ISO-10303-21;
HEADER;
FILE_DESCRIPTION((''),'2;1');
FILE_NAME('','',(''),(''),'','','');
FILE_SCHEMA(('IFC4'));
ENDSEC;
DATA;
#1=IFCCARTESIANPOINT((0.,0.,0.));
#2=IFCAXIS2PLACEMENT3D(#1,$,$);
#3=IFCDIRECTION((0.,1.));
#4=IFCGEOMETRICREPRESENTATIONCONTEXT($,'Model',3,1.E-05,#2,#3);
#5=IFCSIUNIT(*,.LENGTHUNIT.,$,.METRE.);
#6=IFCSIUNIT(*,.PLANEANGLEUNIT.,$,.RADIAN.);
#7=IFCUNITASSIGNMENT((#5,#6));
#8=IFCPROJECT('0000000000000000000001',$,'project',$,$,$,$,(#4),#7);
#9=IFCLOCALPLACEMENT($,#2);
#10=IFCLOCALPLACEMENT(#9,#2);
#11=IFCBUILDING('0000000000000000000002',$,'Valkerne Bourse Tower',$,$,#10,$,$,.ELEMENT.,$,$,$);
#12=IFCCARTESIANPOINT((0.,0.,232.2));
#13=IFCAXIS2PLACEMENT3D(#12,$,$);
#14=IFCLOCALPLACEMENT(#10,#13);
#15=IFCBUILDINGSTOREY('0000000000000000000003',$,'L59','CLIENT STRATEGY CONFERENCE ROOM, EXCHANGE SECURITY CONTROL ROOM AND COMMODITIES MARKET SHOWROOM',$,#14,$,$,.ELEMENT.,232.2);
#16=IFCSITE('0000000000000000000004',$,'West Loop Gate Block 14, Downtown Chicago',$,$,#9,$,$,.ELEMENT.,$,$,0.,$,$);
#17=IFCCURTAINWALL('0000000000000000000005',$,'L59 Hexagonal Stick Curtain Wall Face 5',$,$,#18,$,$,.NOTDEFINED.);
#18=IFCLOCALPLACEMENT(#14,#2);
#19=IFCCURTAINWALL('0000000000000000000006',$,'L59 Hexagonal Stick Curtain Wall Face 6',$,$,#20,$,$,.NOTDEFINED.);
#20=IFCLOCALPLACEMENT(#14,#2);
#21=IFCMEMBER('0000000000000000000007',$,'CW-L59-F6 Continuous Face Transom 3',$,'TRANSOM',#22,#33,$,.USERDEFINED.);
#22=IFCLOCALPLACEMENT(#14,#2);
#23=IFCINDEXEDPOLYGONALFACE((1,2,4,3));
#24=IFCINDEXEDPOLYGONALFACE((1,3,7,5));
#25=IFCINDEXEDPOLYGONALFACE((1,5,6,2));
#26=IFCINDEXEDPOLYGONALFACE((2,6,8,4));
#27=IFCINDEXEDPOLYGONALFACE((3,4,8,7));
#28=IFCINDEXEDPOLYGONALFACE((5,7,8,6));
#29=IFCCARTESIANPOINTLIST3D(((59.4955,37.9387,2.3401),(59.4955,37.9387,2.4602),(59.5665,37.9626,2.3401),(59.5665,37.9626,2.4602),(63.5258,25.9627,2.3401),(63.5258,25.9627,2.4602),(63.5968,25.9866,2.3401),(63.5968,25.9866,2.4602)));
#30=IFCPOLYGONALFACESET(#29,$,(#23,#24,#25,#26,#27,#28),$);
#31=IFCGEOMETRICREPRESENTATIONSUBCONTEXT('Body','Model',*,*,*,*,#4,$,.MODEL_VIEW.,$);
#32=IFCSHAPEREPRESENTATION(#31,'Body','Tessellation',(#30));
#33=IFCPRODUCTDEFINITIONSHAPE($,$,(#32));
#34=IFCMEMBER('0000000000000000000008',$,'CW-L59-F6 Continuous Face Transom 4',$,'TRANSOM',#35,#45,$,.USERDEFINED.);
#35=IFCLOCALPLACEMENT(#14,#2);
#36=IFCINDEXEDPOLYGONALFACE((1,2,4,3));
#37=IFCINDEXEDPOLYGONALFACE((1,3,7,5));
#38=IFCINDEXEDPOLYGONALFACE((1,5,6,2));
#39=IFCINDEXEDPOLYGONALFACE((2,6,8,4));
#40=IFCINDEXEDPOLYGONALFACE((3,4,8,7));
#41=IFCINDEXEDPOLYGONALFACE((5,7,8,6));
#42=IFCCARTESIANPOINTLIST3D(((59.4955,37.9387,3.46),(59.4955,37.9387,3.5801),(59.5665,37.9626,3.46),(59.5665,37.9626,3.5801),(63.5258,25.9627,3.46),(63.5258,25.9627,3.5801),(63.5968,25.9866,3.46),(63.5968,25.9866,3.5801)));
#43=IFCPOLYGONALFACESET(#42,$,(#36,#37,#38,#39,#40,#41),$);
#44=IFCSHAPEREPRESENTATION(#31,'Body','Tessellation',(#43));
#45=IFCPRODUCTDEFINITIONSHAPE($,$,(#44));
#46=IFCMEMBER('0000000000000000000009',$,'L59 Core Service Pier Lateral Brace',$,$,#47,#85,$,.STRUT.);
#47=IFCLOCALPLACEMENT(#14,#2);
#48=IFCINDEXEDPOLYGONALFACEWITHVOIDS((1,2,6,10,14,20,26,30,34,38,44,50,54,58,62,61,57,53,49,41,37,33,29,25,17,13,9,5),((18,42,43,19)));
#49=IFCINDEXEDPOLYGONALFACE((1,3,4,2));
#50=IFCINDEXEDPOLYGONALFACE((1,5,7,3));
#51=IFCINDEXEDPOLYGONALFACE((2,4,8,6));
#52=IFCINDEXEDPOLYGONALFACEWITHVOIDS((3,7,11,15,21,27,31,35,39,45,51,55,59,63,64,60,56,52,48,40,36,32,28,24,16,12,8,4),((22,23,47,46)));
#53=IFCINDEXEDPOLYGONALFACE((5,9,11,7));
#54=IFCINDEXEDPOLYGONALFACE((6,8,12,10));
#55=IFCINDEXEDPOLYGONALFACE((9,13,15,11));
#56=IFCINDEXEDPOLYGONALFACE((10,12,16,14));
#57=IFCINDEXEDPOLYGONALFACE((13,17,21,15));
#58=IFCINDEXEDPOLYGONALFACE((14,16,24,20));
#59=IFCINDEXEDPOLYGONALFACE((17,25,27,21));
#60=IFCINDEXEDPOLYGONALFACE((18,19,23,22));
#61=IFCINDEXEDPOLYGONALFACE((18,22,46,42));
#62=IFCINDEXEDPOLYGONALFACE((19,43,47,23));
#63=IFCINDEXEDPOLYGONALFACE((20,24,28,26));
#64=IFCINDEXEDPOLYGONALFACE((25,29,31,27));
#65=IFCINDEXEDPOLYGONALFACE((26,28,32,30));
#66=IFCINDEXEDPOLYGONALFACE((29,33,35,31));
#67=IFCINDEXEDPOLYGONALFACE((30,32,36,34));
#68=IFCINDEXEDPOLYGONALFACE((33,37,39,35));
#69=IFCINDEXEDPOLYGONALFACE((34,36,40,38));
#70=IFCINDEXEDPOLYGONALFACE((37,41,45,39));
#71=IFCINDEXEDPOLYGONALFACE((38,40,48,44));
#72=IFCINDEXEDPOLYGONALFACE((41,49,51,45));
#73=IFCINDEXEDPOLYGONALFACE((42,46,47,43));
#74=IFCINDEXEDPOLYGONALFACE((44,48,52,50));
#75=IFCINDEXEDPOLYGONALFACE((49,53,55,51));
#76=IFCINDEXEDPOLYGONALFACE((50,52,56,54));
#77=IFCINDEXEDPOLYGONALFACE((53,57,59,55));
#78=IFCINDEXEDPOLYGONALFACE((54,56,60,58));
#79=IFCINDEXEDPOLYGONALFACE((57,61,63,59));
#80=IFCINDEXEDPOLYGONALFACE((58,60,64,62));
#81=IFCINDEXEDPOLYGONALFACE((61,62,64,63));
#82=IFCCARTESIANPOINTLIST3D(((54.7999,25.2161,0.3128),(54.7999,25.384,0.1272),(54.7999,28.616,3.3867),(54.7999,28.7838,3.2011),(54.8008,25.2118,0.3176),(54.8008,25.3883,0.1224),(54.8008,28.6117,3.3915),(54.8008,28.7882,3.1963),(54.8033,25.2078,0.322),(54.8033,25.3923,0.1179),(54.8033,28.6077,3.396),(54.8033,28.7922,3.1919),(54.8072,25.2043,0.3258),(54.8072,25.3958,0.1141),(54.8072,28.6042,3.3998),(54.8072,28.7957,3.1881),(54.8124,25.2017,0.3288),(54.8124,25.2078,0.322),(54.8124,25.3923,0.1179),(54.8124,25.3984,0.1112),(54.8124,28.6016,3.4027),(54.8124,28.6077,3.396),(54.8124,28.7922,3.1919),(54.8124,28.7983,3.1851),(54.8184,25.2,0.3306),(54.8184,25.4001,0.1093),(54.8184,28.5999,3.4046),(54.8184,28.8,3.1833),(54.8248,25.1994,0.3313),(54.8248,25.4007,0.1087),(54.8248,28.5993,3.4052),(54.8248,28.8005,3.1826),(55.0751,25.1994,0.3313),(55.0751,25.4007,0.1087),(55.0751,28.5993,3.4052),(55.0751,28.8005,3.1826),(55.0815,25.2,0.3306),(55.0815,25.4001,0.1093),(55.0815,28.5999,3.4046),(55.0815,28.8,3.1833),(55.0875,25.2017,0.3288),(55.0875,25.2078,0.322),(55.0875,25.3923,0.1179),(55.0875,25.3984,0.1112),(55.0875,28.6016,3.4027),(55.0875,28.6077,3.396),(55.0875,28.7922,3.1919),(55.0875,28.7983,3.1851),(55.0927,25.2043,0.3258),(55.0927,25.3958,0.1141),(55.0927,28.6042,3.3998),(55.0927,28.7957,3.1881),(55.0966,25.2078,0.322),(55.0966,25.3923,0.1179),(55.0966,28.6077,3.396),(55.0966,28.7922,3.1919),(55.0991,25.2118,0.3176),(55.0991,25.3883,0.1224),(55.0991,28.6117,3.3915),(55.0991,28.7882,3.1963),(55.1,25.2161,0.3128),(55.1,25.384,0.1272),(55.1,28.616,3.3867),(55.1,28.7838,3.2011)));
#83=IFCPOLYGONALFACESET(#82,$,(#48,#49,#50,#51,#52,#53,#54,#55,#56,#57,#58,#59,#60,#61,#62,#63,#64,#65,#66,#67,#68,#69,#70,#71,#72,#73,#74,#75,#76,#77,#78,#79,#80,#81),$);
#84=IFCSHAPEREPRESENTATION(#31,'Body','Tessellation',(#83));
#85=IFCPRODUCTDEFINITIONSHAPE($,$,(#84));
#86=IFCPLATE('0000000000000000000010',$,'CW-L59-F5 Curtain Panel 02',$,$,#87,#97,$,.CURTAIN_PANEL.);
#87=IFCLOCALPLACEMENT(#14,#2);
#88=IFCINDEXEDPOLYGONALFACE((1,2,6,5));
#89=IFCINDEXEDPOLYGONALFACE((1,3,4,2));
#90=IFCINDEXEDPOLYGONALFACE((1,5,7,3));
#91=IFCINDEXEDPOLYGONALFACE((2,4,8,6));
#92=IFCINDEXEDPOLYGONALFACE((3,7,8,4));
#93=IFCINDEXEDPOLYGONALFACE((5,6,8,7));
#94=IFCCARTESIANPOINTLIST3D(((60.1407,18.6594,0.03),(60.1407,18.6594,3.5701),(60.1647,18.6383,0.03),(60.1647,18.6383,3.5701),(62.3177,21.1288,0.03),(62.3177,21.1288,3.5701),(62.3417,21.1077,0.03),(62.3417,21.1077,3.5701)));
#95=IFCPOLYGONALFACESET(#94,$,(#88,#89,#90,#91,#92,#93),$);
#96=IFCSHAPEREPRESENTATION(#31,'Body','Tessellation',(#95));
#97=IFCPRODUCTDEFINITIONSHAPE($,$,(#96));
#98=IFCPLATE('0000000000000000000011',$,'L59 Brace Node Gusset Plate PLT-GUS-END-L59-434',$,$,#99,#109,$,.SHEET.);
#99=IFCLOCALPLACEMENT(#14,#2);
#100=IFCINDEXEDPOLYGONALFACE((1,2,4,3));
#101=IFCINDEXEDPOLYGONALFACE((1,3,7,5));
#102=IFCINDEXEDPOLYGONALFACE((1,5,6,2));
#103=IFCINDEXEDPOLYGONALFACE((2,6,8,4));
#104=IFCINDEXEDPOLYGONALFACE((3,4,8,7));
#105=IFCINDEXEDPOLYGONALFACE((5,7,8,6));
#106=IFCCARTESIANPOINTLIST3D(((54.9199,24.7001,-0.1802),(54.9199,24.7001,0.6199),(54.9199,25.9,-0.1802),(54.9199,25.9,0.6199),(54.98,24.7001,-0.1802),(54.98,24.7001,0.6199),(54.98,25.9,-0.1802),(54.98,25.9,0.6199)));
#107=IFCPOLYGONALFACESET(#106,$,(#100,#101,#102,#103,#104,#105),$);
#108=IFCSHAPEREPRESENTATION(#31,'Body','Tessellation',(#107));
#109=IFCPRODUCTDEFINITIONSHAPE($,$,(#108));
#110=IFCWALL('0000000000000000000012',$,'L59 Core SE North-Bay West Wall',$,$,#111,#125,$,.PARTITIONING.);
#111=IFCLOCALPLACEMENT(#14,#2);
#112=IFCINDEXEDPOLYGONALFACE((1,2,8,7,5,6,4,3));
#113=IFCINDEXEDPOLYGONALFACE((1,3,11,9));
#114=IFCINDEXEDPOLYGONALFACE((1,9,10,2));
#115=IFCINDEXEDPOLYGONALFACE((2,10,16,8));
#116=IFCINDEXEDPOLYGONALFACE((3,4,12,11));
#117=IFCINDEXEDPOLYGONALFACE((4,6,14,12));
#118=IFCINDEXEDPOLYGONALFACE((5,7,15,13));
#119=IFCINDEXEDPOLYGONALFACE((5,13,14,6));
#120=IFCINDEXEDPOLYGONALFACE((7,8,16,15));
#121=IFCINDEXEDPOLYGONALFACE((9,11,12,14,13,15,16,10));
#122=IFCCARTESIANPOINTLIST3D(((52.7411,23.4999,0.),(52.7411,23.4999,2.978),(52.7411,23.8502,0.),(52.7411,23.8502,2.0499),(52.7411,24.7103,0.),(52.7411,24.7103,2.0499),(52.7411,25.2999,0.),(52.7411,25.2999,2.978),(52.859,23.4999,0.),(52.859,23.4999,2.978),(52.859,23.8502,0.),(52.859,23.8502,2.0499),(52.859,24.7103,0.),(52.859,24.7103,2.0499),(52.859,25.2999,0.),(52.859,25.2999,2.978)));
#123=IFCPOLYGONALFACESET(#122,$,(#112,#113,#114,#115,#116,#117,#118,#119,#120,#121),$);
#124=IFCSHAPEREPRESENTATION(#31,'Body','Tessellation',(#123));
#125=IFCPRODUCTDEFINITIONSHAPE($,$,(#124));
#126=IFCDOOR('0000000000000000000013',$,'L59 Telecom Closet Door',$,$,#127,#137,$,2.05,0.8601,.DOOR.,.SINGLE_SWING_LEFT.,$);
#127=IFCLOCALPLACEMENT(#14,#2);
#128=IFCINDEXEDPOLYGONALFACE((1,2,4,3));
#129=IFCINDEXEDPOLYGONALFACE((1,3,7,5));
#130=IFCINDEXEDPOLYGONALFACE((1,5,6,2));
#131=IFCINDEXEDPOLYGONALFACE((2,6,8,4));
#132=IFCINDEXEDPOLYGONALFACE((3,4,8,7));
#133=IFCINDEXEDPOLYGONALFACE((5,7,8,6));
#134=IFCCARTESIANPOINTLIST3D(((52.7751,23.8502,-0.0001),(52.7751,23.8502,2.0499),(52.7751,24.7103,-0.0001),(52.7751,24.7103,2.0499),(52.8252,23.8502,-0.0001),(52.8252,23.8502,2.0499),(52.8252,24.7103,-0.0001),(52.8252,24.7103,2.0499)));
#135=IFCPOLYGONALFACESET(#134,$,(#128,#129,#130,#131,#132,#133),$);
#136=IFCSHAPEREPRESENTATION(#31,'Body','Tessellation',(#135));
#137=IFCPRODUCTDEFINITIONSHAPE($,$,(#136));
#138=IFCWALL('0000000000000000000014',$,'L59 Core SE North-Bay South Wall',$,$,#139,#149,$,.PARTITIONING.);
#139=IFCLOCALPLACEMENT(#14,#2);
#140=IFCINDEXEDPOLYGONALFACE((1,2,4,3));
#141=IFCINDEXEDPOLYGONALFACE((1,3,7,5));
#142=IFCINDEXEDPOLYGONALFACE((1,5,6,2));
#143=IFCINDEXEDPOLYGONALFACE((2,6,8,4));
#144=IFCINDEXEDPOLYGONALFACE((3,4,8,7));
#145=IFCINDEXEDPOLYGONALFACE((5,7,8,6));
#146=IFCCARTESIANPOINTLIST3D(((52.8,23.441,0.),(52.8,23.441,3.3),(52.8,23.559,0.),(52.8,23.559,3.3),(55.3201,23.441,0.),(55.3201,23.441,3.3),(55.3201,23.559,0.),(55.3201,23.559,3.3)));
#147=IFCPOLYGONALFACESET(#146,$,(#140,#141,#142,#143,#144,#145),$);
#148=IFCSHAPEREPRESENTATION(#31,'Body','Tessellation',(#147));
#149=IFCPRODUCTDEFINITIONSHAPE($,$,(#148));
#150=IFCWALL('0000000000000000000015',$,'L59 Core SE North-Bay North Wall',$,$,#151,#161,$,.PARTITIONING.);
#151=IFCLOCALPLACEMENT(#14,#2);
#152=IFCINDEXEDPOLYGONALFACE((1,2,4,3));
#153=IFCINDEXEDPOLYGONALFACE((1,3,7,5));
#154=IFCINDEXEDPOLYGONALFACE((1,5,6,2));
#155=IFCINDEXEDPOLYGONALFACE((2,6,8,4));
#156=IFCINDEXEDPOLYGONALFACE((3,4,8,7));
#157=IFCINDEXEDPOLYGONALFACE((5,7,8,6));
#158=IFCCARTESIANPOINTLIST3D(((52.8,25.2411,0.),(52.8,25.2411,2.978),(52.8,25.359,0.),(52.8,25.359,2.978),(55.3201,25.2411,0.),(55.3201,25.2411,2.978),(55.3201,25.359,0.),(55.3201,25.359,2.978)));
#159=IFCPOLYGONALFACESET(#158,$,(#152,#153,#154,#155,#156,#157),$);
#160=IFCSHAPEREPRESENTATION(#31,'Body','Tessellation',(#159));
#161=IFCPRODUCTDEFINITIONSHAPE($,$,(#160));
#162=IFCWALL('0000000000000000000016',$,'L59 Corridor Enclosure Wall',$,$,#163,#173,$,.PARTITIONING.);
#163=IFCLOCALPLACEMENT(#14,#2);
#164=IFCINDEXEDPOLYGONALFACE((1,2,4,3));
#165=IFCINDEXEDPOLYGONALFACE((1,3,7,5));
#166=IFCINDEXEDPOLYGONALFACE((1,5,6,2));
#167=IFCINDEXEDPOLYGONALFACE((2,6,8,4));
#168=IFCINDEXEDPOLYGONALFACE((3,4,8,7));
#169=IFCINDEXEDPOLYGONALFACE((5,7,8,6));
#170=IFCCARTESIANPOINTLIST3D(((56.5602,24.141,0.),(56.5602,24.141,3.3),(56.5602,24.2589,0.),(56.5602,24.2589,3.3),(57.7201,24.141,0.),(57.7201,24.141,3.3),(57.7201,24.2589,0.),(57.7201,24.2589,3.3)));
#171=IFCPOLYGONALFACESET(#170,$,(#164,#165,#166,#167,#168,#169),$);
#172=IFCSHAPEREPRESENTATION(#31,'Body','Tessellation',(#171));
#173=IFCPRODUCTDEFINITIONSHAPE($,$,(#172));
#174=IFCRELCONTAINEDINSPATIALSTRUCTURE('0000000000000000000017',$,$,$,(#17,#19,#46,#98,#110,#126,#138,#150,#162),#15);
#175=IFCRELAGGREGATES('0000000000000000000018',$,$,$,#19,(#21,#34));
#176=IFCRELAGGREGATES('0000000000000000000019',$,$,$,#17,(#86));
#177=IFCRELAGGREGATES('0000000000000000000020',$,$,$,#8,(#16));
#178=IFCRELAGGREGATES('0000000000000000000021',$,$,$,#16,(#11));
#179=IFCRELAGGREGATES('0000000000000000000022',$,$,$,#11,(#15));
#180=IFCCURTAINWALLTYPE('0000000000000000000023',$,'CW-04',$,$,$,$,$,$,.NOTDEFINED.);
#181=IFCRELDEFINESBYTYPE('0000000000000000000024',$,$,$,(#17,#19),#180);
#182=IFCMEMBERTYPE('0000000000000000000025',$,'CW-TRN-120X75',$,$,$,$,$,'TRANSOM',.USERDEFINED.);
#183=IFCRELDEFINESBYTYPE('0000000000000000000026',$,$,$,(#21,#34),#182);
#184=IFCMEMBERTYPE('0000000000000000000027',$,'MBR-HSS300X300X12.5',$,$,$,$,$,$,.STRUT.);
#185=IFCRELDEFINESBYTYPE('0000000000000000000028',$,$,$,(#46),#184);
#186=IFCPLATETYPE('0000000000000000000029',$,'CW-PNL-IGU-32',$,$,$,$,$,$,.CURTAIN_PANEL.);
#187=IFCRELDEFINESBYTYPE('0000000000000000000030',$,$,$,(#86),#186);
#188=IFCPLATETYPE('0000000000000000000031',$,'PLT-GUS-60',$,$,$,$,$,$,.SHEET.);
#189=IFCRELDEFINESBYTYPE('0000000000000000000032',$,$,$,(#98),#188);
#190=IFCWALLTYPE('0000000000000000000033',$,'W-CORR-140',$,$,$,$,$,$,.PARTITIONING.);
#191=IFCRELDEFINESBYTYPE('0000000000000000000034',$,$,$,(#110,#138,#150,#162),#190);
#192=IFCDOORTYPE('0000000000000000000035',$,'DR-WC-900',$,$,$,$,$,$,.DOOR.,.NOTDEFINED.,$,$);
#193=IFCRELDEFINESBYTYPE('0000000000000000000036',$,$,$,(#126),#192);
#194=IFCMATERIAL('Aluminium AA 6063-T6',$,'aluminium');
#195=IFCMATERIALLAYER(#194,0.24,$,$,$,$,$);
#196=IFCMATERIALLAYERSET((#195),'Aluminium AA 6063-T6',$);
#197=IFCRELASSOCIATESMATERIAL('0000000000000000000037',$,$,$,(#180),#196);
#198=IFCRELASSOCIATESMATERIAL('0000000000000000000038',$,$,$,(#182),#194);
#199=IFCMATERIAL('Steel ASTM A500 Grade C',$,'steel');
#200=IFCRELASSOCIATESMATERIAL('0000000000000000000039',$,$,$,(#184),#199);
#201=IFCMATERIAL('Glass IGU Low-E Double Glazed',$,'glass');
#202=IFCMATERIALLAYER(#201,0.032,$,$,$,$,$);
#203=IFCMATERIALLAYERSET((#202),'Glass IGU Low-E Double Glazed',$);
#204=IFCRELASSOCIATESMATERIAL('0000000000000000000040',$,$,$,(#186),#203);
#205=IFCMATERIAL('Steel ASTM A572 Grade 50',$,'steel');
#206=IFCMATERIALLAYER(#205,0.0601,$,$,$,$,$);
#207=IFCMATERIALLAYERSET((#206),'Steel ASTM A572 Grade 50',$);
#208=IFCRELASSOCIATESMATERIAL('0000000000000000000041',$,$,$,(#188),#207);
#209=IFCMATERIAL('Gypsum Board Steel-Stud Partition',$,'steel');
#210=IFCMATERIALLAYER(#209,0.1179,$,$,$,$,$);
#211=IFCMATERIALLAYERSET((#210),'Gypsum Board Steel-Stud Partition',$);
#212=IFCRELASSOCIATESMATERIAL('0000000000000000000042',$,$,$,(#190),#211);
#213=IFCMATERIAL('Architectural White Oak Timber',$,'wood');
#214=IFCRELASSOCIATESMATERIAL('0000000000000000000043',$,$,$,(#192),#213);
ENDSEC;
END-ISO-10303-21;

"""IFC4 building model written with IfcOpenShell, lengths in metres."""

from ifc_helpers import new_model, si_unit, direction, frame, frame_2d, origin, origin_2d, place, context, subcontext, project, spatial, rectangle, hollow_rectangle, extrude, material, layer, layer_set, material_profile, profile_set, type_object, element, fill, aggregate, save


model = new_model("IFC4")

# Units and contexts
model_context = context("Model", 3, precision=1e-05, world=origin(), true_north=direction((0.0, 1.0)))
body_context = subcontext(model_context, "Body", "Model", "MODEL_VIEW")
ifc_project = project(units=[si_unit("LENGTHUNIT", "METRE"), si_unit("PLANEANGLEUNIT", "RADIAN")], contexts=[model_context])

# Site, building, storey
site_placement = place(None, origin())
site = spatial("IfcSite", under=ifc_project, at=site_placement, Name="West Loop Gate Block 14, Downtown Chicago", CompositionType="ELEMENT", RefElevation=0.0)
building_placement = place(site_placement, origin())
building = spatial("IfcBuilding", under=site, at=building_placement, Name="Valkerne Bourse Tower", CompositionType="ELEMENT")
storey_placement = place(building_placement, frame((0.0, 0.0, 232.2)))
storey = spatial("IfcBuildingStorey", under=building, at=storey_placement, Name="L59", Description="CLIENT STRATEGY CONFERENCE ROOM, EXCHANGE SECURITY CONTROL ROOM AND COMMODITIES MARKET SHOWROOM", CompositionType="ELEMENT", Elevation=232.2)

# Curtain wall
ifc_material_1 = material(Name="Aluminium AA 6063-T6", Category="aluminium")
ifc_layer_1 = layer(ifc_material_1, 0.24)
ifc_layer_set_1 = layer_set([ifc_layer_1], Name="Aluminium AA 6063-T6")
curtain_wall_type = type_object("IfcCurtainWallType", Name="CW-04", PredefinedType="NOTDEFINED", material=ifc_layer_set_1)
curtain_wall_1_placement = place(storey_placement, origin())
curtain_wall_1 = element("IfcCurtainWall", 1, at=curtain_wall_1_placement, inside=storey, type_object=curtain_wall_type, Name="L59 Hexagonal Stick Curtain Wall Face 5", PredefinedType="NOTDEFINED")

# Curtain wall, members
curtain_wall_2_placement = place(storey_placement, origin())
curtain_wall_2 = element("IfcCurtainWall", 2, at=curtain_wall_2_placement, inside=storey, type_object=curtain_wall_type, Name="L59 Hexagonal Stick Curtain Wall Face 6", PredefinedType="NOTDEFINED")
ifc_material_profile_1 = material_profile(ifc_material_1, rectangle(XDim=0.075, YDim=0.1201, at=origin_2d()), Name="CWT-75X120")
ifc_profile_set_1 = profile_set([ifc_material_profile_1], Name="Aluminium AA 6063-T6")
member_type_1 = type_object("IfcMemberType", Name="CW-TRN-120X75", ElementType="TRANSOM", PredefinedType="USERDEFINED", material=ifc_profile_set_1)
member_1_placement = place(storey_placement, frame((63.5613, 25.9746, 2.4001), z_axis=(-0.318951, 0.947771, 0.0), x_axis=(-0.947771, -0.318951, 0.0)))
member_1 = element("IfcMember", 3, at=member_1_placement, type_object=member_type_1, Name="CW-L59-F6 Continuous Face Transom 3", ObjectType="TRANSOM", PredefinedType="USERDEFINED", context=body_context, shape_type="SweptSolid", body=[
    extrude(rectangle(XDim=0.075, YDim=0.1201, at=origin_2d()), origin(), (0.0, 0.0, 1.0), 12.636),
])
member_2_placement = place(storey_placement, frame((63.5613, 25.9746, 3.52), z_axis=(-0.318951, 0.947771, 0.0), x_axis=(-0.947771, -0.318951, 0.0)))
member_2 = element("IfcMember", 4, at=member_2_placement, type_object=member_type_1, Name="CW-L59-F6 Continuous Face Transom 4", ObjectType="TRANSOM", PredefinedType="USERDEFINED", context=body_context, shape_type="SweptSolid", body=[
    extrude(rectangle(XDim=0.075, YDim=0.1201, at=origin_2d()), origin(), (0.0, 0.0, 1.0), 12.636),
])
aggregate(curtain_wall_2, [member_1, member_2])

# Member
ifc_material_2 = material(Name="Steel ASTM A500 Grade C", Category="steel")
ifc_material_profile_2 = material_profile(ifc_material_2, hollow_rectangle(XDim=0.3, YDim=0.3, WallThickness=0.0125, OuterFilletRadius=0.0249, at=origin_2d()), Name="HSS300X300X12.5")
ifc_profile_set_2 = profile_set([ifc_material_profile_2], Name="Steel ASTM A500 Grade C")
member_type_2 = type_object("IfcMemberType", Name="MBR-HSS300X300X12.5", PredefinedType="STRUT", material=ifc_profile_set_2)
member_3_placement = place(storey_placement, frame((54.95, 25.3, 0.22), z_axis=(0.0, 0.741767, 0.670658), x_axis=(-1.0, 0.0, 0.0)))
element("IfcMember", 5, at=member_3_placement, inside=storey, type_object=member_type_2, Name="L59 Core Service Pier Lateral Brace", PredefinedType="STRUT", context=body_context, shape_type="SweptSolid", body=[
    extrude(hollow_rectangle(XDim=0.3, YDim=0.3, WallThickness=0.0125, OuterFilletRadius=0.0249, at=origin_2d()), origin(), (0.0, 0.0, 1.0), 4.5835),
])

# Plates
ifc_material_3 = material(Name="Glass IGU Low-E Double Glazed", Category="glass")
ifc_layer_2 = layer(ifc_material_3, 0.032)
ifc_layer_set_2 = layer_set([ifc_layer_2], Name="Glass IGU Low-E Double Glazed")
plate_type_1 = type_object("IfcPlateType", Name="CW-PNL-IGU-32", PredefinedType="CURTAIN_PANEL", material=ifc_layer_set_2)
plate_1_placement = place(storey_placement, frame((61.2412, 19.8835, 0.03), z_axis=(0.0, 0.0, 1.0), x_axis=(0.661302, 0.75012, 0.0)))
plate_1 = element("IfcPlate", 6, at=plate_1_placement, type_object=plate_type_1, Name="CW-L59-F5 Curtain Panel 02", PredefinedType="CURTAIN_PANEL", context=body_context, shape_type="SweptSolid", body=[
    extrude(rectangle(XDim=3.292, YDim=0.032, at=origin_2d()), origin(), (0.0, 0.0, 1.0), 3.54),
])
aggregate(curtain_wall_1, [plate_1])
ifc_material_4 = material(Name="Steel ASTM A572 Grade 50", Category="steel")
ifc_layer_3 = layer(ifc_material_4, 0.0601)
ifc_layer_set_3 = layer_set([ifc_layer_3], Name="Steel ASTM A572 Grade 50")
plate_type_2 = type_object("IfcPlateType", Name="PLT-GUS-60", PredefinedType="SHEET", material=ifc_layer_set_3)
plate_2_placement = place(storey_placement, frame((54.95, 25.3, -0.1802), z_axis=(0.0, 0.0, 1.0), x_axis=(0.0, 1.0, 0.0)))
element("IfcPlate", 7, at=plate_2_placement, inside=storey, type_object=plate_type_2, Name="L59 Brace Node Gusset Plate PLT-GUS-END-L59-434", PredefinedType="SHEET", context=body_context, shape_type="SweptSolid", body=[
    extrude(rectangle(XDim=1.2, YDim=0.0601, at=origin_2d()), origin(), (0.0, 0.0, 1.0), 0.8),
])

# Wall, opening, door
ifc_material_5 = material(Name="Gypsum Board Steel-Stud Partition", Category="steel")
ifc_layer_4 = layer(ifc_material_5, 0.1179)
ifc_layer_set_4 = layer_set([ifc_layer_4], Name="Gypsum Board Steel-Stud Partition")
wall_type_1 = type_object("IfcWallType", Name="W-CORR-140", PredefinedType="PARTITIONING", material=ifc_layer_set_4)
wall_1_placement = place(storey_placement, frame((52.8, 23.5, 0.0), z_axis=(0.0, 0.0, 1.0), x_axis=(0.0, 1.0, 0.0)))
wall_1 = element("IfcWall", 8, at=wall_1_placement, inside=storey, type_object=wall_type_1, Name="L59 Core SE North-Bay West Wall", PredefinedType="PARTITIONING", context=body_context, shape_type="SweptSolid", body=[
    extrude(rectangle(XDim=1.8, YDim=0.1179, at=frame_2d((0.8999, 0.0))), origin(), (0.0, 0.0, 1.0), 2.978),
])
opening_1_placement = place(wall_1_placement, frame((0.3501, 0.0, 0.0)))
opening_1 = element("IfcOpeningElement", 9, at=opening_1_placement, cuts=wall_1, PredefinedType="OPENING", context=body_context, shape_type="SweptSolid", body=[
    extrude(rectangle(XDim=0.8601, YDim=2.05, at=frame_2d((0.4302, 1.0249))), frame((0.0, 0.0688, 0.0), z_axis=(0.0, -1.0, 0.0), x_axis=(1.0, 0.0, 0.0)), (0.0, 0.0, 1.0), 0.1379),
])
ifc_material_6 = material(Name="Architectural White Oak Timber", Category="wood")
door_type_1 = type_object("IfcDoorType", Name="DR-WC-900", OperationType="NOTDEFINED", PredefinedType="DOOR", material=ifc_material_6)
door_1_placement = place(opening_1_placement, origin())
door_1 = element("IfcDoor", 10, at=door_1_placement, inside=storey, type_object=door_type_1, Name="L59 Telecom Closet Door", OperationType="SINGLE_SWING_LEFT", OverallHeight=2.05, OverallWidth=0.8601, PredefinedType="DOOR", context=body_context, shape_type="SweptSolid", body=[
    extrude(rectangle(XDim=0.8601, YDim=2.05, at=frame_2d((0.4302, 1.0249))), frame((0.0, 0.0249, 0.0), z_axis=(0.0, -1.0, 0.0), x_axis=(1.0, 0.0, 0.0)), (0.0, 0.0, 1.0), 0.05),
])
fill(opening_1, door_1)

# Walls
wall_2_placement = place(storey_placement, frame((52.8, 23.5, 0.0), z_axis=(0.0, 0.0, 1.0), x_axis=(1.0, 0.0, 0.0)))
element("IfcWall", 11, at=wall_2_placement, inside=storey, type_object=wall_type_1, Name="L59 Core SE North-Bay South Wall", PredefinedType="PARTITIONING", context=body_context, shape_type="SweptSolid", body=[
    extrude(rectangle(XDim=2.52, YDim=0.1179, at=frame_2d((1.26, 0.0))), origin(), (0.0, 0.0, 1.0), 3.3),
])
wall_3_placement = place(storey_placement, frame((52.8, 25.3, 0.0), z_axis=(0.0, 0.0, 1.0), x_axis=(1.0, 0.0, 0.0)))
element("IfcWall", 12, at=wall_3_placement, inside=storey, type_object=wall_type_1, Name="L59 Core SE North-Bay North Wall", PredefinedType="PARTITIONING", context=body_context, shape_type="SweptSolid", body=[
    extrude(rectangle(XDim=2.52, YDim=0.1179, at=frame_2d((1.26, 0.0))), origin(), (0.0, 0.0, 1.0), 2.978),
])
wall_4_placement = place(storey_placement, frame((56.5601, 24.2, 0.0), z_axis=(0.0, 0.0, 1.0), x_axis=(1.0, 0.0, 0.0)))
element("IfcWall", 13, at=wall_4_placement, inside=storey, type_object=wall_type_1, Name="L59 Corridor Enclosure Wall", PredefinedType="PARTITIONING", context=body_context, shape_type="SweptSolid", body=[
    extrude(rectangle(XDim=1.1599, YDim=0.1179, at=frame_2d((0.5801, 0.0))), origin(), (0.0, 0.0, 1.0), 3.3),
])

save(model, "model.ifc")
